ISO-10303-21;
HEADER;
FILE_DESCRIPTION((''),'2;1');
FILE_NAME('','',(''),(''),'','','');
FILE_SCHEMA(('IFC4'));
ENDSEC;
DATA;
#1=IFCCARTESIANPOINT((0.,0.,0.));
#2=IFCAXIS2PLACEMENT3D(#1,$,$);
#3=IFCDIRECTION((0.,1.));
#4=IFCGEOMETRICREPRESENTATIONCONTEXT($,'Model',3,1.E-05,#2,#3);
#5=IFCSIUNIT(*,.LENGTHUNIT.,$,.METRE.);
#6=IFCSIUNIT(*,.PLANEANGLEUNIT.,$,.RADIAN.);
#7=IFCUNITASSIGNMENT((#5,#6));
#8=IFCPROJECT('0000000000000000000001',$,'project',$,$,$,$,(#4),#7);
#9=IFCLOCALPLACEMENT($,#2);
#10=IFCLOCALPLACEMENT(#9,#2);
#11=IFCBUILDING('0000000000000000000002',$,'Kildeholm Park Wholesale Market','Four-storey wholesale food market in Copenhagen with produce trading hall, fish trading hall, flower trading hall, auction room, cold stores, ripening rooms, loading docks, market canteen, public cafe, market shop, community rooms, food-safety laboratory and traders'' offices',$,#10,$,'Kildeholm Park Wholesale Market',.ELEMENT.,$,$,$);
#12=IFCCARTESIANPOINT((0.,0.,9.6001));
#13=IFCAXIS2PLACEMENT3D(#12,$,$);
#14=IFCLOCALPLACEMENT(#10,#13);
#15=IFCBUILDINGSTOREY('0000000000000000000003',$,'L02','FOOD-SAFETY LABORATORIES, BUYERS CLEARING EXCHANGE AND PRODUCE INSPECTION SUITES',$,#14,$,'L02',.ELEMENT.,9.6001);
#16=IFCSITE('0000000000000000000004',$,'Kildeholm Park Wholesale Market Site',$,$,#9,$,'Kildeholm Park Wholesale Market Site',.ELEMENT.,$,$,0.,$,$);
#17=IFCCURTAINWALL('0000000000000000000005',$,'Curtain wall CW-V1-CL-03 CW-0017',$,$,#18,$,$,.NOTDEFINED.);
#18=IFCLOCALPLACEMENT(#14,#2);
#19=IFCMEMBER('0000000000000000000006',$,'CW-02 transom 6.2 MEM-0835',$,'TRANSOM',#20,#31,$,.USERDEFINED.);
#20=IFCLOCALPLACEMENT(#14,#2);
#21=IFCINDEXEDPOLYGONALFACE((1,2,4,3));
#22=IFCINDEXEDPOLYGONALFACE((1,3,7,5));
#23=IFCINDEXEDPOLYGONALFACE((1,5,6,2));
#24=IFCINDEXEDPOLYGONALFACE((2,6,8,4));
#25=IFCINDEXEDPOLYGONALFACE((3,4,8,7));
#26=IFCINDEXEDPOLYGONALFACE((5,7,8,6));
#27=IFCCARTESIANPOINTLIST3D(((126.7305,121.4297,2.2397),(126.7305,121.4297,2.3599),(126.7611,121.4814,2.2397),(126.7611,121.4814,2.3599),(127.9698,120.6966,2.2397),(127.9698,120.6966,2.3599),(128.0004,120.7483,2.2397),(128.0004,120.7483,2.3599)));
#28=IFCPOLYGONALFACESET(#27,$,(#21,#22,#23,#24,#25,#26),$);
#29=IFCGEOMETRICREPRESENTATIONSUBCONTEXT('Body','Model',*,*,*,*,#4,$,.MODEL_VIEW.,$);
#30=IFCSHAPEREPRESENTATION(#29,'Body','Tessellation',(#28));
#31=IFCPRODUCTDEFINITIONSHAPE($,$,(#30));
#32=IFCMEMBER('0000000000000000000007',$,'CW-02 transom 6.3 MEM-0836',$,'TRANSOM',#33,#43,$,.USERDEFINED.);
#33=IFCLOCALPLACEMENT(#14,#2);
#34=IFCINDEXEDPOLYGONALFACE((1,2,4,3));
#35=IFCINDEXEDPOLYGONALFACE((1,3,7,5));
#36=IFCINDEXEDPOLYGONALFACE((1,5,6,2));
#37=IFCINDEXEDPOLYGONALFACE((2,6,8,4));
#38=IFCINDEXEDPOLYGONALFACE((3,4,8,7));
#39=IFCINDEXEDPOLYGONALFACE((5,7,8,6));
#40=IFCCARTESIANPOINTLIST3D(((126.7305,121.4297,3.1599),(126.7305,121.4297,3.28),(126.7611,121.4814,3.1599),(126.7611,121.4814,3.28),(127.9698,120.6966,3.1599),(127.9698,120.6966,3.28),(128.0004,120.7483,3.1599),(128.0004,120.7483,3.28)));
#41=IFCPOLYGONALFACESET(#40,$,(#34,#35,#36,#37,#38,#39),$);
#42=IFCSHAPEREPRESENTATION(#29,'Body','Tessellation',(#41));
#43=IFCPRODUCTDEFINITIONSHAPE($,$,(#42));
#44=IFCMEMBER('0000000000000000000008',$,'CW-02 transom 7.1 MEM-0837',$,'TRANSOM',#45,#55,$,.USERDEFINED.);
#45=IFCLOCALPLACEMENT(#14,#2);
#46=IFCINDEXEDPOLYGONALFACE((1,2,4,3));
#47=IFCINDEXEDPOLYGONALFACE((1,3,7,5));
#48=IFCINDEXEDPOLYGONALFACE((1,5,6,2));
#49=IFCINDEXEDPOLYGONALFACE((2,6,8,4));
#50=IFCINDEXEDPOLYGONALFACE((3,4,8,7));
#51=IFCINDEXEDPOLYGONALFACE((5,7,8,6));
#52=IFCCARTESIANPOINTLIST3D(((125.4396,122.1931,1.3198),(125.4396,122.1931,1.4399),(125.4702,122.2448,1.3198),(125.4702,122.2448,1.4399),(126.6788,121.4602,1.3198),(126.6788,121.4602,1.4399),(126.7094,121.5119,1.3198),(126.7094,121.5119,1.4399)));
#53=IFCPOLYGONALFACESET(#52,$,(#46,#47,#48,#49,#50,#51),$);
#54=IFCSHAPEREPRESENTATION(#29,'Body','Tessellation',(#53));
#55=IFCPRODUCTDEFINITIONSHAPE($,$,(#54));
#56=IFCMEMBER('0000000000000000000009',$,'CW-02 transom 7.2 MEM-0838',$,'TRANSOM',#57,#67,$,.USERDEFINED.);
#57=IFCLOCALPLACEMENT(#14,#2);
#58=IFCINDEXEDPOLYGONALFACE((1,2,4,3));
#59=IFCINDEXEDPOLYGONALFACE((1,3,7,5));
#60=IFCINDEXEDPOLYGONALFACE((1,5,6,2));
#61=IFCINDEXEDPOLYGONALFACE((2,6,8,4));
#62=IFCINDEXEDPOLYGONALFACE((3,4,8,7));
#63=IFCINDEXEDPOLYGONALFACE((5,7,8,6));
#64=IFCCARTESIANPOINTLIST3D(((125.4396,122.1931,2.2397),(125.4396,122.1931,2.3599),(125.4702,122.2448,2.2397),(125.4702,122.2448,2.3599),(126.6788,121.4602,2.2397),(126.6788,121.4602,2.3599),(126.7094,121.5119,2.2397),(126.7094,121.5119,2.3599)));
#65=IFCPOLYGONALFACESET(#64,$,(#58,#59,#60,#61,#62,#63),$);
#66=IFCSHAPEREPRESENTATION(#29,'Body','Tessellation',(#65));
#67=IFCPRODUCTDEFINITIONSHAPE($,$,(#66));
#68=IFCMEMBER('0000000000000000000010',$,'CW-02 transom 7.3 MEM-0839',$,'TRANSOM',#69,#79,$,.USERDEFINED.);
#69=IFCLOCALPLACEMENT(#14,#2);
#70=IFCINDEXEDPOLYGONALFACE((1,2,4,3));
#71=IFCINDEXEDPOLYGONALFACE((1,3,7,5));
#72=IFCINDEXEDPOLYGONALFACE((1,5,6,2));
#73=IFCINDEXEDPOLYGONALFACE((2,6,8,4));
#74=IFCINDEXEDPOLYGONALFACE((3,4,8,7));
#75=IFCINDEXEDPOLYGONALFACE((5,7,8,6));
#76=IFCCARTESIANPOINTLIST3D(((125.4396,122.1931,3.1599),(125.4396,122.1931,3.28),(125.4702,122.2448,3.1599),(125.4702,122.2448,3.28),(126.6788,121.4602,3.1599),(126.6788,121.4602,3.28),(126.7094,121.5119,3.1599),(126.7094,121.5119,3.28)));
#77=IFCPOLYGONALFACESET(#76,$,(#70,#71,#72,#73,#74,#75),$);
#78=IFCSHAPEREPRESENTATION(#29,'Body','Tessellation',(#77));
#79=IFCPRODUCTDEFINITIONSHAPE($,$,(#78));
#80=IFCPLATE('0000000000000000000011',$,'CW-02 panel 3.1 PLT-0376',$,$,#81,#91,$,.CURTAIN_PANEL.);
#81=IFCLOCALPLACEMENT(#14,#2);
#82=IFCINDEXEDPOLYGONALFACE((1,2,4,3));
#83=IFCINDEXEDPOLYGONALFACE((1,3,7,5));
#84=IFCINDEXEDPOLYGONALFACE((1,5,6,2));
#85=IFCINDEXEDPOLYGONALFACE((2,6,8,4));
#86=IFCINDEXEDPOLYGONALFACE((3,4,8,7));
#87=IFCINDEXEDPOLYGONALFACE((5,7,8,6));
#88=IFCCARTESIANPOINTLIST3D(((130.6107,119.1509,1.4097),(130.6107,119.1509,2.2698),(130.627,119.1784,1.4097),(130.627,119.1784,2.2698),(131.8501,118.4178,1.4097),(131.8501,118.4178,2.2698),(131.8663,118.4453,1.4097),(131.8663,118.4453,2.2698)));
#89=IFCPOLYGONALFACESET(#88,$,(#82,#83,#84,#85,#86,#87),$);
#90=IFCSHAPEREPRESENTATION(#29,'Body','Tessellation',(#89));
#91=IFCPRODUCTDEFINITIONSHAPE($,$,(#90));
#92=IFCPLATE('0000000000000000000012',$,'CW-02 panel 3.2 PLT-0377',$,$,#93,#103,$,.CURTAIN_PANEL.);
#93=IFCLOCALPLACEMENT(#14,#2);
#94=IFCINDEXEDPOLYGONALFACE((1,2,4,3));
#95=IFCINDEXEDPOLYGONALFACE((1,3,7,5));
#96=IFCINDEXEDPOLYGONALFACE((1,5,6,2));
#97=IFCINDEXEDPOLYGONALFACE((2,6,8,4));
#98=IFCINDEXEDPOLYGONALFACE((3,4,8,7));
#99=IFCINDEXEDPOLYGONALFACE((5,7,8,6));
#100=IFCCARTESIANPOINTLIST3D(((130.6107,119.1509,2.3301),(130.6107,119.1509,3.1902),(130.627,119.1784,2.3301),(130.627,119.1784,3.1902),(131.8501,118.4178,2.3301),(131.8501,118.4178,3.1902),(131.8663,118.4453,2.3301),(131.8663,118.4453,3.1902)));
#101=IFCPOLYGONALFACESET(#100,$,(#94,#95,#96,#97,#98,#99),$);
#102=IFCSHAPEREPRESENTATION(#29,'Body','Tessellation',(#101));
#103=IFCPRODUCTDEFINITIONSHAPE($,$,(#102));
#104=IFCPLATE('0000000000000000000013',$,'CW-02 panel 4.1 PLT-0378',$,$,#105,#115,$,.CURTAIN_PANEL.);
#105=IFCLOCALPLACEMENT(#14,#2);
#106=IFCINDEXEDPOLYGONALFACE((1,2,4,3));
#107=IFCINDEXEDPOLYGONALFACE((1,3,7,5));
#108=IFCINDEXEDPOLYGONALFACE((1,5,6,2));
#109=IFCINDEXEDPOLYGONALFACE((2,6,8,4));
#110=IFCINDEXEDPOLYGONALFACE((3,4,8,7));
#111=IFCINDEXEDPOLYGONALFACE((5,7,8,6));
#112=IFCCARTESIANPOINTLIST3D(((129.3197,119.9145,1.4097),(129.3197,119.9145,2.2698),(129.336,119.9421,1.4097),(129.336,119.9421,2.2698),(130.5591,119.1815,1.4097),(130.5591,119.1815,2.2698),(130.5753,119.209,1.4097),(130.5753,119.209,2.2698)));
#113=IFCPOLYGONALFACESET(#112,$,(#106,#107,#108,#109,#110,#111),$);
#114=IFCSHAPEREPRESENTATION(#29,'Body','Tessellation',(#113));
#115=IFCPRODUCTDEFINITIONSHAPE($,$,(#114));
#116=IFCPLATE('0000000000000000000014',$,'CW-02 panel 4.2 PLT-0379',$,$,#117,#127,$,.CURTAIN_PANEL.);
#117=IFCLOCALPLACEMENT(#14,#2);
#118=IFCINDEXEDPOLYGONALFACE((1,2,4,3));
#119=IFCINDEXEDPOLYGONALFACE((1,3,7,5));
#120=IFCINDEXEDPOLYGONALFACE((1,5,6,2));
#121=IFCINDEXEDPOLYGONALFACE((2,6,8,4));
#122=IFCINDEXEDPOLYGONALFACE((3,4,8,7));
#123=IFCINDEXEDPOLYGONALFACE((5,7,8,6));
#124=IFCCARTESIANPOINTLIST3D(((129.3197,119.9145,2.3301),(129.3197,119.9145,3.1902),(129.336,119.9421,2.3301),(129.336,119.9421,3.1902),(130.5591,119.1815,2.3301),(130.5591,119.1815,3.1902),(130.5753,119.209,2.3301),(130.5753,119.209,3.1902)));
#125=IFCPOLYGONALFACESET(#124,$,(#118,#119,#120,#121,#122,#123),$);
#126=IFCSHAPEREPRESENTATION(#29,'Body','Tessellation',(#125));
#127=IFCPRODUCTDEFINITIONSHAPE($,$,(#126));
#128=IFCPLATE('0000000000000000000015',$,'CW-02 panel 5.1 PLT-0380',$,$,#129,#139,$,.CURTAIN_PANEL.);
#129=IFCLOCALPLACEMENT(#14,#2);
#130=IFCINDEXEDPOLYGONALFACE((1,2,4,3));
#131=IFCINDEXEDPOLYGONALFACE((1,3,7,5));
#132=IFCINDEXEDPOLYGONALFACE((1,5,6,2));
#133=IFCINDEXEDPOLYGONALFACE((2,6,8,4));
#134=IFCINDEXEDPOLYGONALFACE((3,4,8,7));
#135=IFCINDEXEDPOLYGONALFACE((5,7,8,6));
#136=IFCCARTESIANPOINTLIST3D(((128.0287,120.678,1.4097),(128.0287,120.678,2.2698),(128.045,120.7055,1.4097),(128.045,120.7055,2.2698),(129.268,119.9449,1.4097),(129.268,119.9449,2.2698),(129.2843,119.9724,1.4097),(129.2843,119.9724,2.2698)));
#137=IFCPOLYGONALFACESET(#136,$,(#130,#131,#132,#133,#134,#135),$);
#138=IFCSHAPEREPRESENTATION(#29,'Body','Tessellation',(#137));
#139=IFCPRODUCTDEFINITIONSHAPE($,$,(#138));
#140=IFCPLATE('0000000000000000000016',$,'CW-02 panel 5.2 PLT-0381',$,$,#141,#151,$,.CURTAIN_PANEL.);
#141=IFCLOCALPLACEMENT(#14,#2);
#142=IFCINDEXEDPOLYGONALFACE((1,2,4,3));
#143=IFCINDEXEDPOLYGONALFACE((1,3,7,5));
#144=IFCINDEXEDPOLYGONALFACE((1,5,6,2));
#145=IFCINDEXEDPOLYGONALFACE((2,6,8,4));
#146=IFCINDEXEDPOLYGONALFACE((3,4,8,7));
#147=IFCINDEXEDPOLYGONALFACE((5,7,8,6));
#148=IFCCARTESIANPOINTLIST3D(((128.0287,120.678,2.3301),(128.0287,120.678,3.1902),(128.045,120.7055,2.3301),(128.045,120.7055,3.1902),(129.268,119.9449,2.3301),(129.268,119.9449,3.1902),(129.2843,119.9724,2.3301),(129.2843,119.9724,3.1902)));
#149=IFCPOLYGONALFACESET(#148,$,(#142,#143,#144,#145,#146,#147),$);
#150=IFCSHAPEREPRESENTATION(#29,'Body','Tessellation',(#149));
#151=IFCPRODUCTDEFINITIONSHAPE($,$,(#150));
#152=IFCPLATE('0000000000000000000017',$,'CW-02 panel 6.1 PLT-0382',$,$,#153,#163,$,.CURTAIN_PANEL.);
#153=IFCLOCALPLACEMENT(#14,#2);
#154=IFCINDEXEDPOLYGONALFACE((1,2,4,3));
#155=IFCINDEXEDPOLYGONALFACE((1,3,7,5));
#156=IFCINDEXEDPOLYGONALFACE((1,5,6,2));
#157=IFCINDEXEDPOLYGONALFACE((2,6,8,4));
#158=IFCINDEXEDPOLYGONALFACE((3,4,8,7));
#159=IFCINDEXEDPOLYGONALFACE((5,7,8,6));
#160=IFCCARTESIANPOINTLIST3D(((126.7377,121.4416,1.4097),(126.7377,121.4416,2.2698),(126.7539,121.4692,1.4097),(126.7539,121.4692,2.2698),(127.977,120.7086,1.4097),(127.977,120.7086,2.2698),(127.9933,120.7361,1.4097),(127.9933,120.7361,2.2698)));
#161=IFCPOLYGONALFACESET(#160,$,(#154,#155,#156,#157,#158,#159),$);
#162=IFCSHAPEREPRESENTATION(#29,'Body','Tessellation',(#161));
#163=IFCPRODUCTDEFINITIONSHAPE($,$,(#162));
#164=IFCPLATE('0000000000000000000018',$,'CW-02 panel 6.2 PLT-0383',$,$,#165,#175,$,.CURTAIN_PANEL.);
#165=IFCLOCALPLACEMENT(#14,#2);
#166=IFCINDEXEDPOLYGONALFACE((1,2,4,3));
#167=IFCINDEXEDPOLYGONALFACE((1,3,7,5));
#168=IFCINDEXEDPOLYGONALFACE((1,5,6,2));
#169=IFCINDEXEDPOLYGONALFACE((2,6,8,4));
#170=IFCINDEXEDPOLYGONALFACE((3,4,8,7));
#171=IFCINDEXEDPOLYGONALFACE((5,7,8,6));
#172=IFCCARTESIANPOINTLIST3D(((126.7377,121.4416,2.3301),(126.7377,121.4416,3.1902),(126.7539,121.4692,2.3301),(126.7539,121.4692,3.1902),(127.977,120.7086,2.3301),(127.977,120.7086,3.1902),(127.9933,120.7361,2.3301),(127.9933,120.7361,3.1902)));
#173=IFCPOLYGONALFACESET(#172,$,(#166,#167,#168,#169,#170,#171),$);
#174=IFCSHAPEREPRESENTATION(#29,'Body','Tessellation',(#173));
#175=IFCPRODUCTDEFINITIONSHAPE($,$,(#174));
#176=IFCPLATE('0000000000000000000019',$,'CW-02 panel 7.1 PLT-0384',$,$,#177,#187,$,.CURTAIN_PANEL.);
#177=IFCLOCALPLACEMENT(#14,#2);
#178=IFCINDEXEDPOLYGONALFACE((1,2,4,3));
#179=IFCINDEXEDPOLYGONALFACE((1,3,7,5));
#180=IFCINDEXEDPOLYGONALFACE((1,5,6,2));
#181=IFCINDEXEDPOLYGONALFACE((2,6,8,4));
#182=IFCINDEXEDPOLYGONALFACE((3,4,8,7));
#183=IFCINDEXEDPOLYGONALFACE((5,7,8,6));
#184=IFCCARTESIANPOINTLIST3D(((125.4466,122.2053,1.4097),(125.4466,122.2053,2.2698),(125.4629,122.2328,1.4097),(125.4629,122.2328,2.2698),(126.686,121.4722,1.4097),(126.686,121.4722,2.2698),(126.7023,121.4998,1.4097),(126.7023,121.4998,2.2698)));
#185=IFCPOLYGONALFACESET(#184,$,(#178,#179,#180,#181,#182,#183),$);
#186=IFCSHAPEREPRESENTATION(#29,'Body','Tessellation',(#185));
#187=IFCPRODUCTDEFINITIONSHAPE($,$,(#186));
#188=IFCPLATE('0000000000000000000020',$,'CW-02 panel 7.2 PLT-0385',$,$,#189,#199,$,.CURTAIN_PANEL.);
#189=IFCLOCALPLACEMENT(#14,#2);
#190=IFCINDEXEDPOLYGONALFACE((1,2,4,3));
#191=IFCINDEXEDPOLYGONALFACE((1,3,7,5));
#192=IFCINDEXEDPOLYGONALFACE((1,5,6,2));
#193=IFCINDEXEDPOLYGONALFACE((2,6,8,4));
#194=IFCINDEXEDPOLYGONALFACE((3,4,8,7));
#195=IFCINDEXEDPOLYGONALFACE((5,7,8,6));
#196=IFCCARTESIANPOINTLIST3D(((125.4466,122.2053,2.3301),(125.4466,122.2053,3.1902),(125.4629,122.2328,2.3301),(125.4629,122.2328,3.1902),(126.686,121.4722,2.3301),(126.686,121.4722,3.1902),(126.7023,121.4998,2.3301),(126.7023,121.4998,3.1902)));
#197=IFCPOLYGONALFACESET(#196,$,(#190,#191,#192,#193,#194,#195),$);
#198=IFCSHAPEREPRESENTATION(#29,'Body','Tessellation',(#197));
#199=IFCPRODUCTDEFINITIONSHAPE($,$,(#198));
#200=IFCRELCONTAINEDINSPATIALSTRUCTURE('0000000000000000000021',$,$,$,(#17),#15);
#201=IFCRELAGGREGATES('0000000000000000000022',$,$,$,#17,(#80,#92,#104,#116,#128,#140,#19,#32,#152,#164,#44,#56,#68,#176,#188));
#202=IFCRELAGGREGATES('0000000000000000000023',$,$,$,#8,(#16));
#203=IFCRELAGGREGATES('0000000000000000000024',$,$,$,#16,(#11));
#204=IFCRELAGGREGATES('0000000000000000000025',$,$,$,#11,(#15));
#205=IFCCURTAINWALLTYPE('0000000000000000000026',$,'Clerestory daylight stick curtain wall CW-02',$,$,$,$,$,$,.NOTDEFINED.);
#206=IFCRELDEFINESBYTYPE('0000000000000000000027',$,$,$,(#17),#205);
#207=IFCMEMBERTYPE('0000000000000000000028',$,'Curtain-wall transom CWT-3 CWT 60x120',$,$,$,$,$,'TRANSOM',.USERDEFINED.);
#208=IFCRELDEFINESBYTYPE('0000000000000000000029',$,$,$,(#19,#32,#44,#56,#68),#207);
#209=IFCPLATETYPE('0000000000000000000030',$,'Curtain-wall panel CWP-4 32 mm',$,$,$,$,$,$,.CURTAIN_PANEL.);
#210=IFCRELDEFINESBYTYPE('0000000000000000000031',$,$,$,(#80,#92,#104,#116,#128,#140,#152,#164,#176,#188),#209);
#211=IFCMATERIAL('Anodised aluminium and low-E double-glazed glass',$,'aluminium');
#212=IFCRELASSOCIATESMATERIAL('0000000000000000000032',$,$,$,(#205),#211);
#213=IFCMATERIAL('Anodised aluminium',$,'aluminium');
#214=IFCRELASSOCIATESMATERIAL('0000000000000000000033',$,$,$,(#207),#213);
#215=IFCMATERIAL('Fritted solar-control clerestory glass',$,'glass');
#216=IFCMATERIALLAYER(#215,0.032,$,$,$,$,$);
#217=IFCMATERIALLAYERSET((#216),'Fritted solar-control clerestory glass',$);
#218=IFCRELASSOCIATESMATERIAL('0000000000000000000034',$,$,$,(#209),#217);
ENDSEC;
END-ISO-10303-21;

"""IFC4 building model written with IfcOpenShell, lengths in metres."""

from ifc_helpers import new_model, si_unit, direction, frame, origin, origin_2d, place, context, subcontext, project, spatial, rectangle, extrude, material, layer, layer_set, material_profile, profile_set, type_object, element, aggregate, save


model = new_model("IFC4")

# Units and contexts
model_context = context("Model", 3, precision=1e-05, world=origin(), true_north=direction((0.0, 1.0)))
body_context = subcontext(model_context, "Body", "Model", "MODEL_VIEW")
ifc_project = project(units=[si_unit("LENGTHUNIT", "METRE"), si_unit("PLANEANGLEUNIT", "RADIAN")], contexts=[model_context])

# Site, building, storey
site_placement = place(None, origin())
site = spatial("IfcSite", under=ifc_project, at=site_placement, Name="Kildeholm Park Wholesale Market Site", LongName="Kildeholm Park Wholesale Market Site", CompositionType="ELEMENT", RefElevation=0.0)
building_placement = place(site_placement, origin())
building = spatial("IfcBuilding", under=site, at=building_placement, Name="Kildeholm Park Wholesale Market", Description="Four-storey wholesale food market in Copenhagen with produce trading hall, fish trading hall, flower trading hall, auction room, cold stores, ripening rooms, loading docks, market canteen, public cafe, market shop, community rooms, food-safety laboratory and traders' offices", LongName="Kildeholm Park Wholesale Market", CompositionType="ELEMENT")
storey_placement = place(building_placement, frame((0.0, 0.0, 9.6001)))
storey = spatial("IfcBuildingStorey", under=building, at=storey_placement, Name="L02", Description="FOOD-SAFETY LABORATORIES, BUYERS CLEARING EXCHANGE AND PRODUCE INSPECTION SUITES", LongName="L02", CompositionType="ELEMENT", Elevation=9.6001)

# Curtain wall, members, plates
ifc_material_1 = material(Name="Anodised aluminium and low-E double-glazed glass", Category="aluminium")
curtain_wall_type = type_object("IfcCurtainWallType", Name="Clerestory daylight stick curtain wall CW-02", PredefinedType="NOTDEFINED", material=ifc_material_1)
curtain_wall_placement = place(storey_placement, origin())
curtain_wall = element("IfcCurtainWall", 1, at=curtain_wall_placement, inside=storey, type_object=curtain_wall_type, Name="Curtain wall CW-V1-CL-03 CW-0017", PredefinedType="NOTDEFINED")
ifc_material_2 = material(Name="Anodised aluminium", Category="aluminium")
ifc_material_profile_1 = material_profile(ifc_material_2, rectangle(XDim=0.0601, YDim=0.1201, at=origin_2d()), Name="CWT 60x120")
ifc_profile_set_1 = profile_set([ifc_material_profile_1], Name="Anodised aluminium")
member_type_1 = type_object("IfcMemberType", Name="Curtain-wall transom CWT-3 CWT 60x120", ElementType="TRANSOM", PredefinedType="USERDEFINED", material=ifc_profile_set_1)
member_1_placement = place(storey_placement, frame((127.9851, 120.7224, 2.2998), z_axis=(-0.860663, 0.509175, 0.0), x_axis=(-0.509175, -0.860663, 0.0)))
member_1 = element("IfcMember", 2, at=member_1_placement, type_object=member_type_1, Name="CW-02 transom 6.2 MEM-0835", ObjectType="TRANSOM", PredefinedType="USERDEFINED", context=body_context, shape_type="SweptSolid", body=[
    extrude(rectangle(XDim=0.0601, YDim=0.1201, at=origin_2d()), origin(), (0.0, 0.0, 1.0), 1.4399),
])
member_2_placement = place(storey_placement, frame((127.9851, 120.7224, 3.22), z_axis=(-0.860663, 0.509175, 0.0), x_axis=(-0.509175, -0.860663, 0.0)))
member_2 = element("IfcMember", 3, at=member_2_placement, type_object=member_type_1, Name="CW-02 transom 6.3 MEM-0836", ObjectType="TRANSOM", PredefinedType="USERDEFINED", context=body_context, shape_type="SweptSolid", body=[
    extrude(rectangle(XDim=0.0601, YDim=0.1201, at=origin_2d()), origin(), (0.0, 0.0, 1.0), 1.4399),
])
member_3_placement = place(storey_placement, frame((126.6941, 121.4861, 1.3799), z_axis=(-0.860737, 0.509049, 0.0), x_axis=(-0.509049, -0.860737, 0.0)))
member_3 = element("IfcMember", 4, at=member_3_placement, type_object=member_type_1, Name="CW-02 transom 7.1 MEM-0837", ObjectType="TRANSOM", PredefinedType="USERDEFINED", context=body_context, shape_type="SweptSolid", body=[
    extrude(rectangle(XDim=0.0601, YDim=0.1201, at=origin_2d()), origin(), (0.0, 0.0, 1.0), 1.4397),
])
member_4_placement = place(storey_placement, frame((126.6941, 121.4861, 2.2998), z_axis=(-0.860737, 0.509049, 0.0), x_axis=(-0.509049, -0.860737, 0.0)))
member_4 = element("IfcMember", 5, at=member_4_placement, type_object=member_type_1, Name="CW-02 transom 7.2 MEM-0838", ObjectType="TRANSOM", PredefinedType="USERDEFINED", context=body_context, shape_type="SweptSolid", body=[
    extrude(rectangle(XDim=0.0601, YDim=0.1201, at=origin_2d()), origin(), (0.0, 0.0, 1.0), 1.4397),
])
member_5_placement = place(storey_placement, frame((126.6941, 121.4861, 3.22), z_axis=(-0.860737, 0.509049, 0.0), x_axis=(-0.509049, -0.860737, 0.0)))
member_5 = element("IfcMember", 6, at=member_5_placement, type_object=member_type_1, Name="CW-02 transom 7.3 MEM-0839", ObjectType="TRANSOM", PredefinedType="USERDEFINED", context=body_context, shape_type="SweptSolid", body=[
    extrude(rectangle(XDim=0.0601, YDim=0.1201, at=origin_2d()), origin(), (0.0, 0.0, 1.0), 1.4397),
])
ifc_material_3 = material(Name="Fritted solar-control clerestory glass", Category="glass")
ifc_layer = layer(ifc_material_3, 0.032)
ifc_layer_set = layer_set([ifc_layer], Name="Fritted solar-control clerestory glass")
plate_type = type_object("IfcPlateType", Name="Curtain-wall panel CWP-4 32 mm", PredefinedType="CURTAIN_PANEL", material=ifc_layer_set)
plate_1_placement = place(storey_placement, frame((131.2385, 118.7981, 1.4097), z_axis=(0.0, 0.0, 1.0), x_axis=(-0.860704, 0.509105, 0.0)))
plate_1 = element("IfcPlate", 7, at=plate_1_placement, type_object=plate_type, Name="CW-02 panel 3.1 PLT-0376", PredefinedType="CURTAIN_PANEL", context=body_context, shape_type="SweptSolid", body=[
    extrude(rectangle(XDim=1.4399, YDim=0.032, at=origin_2d()), origin(), (0.0, 0.0, 1.0), 0.8601),
])
plate_2_placement = place(storey_placement, frame((131.2385, 118.7981, 2.3301), z_axis=(0.0, 0.0, 1.0), x_axis=(-0.860704, 0.509105, 0.0)))
plate_2 = element("IfcPlate", 8, at=plate_2_placement, type_object=plate_type, Name="CW-02 panel 3.2 PLT-0377", PredefinedType="CURTAIN_PANEL", context=body_context, shape_type="SweptSolid", body=[
    extrude(rectangle(XDim=1.4399, YDim=0.032, at=origin_2d()), origin(), (0.0, 0.0, 1.0), 0.8601),
])
plate_3_placement = place(storey_placement, frame((129.9475, 119.5618, 1.4097), z_axis=(0.0, 0.0, 1.0), x_axis=(-0.860704, 0.509105, 0.0)))
plate_3 = element("IfcPlate", 9, at=plate_3_placement, type_object=plate_type, Name="CW-02 panel 4.1 PLT-0378", PredefinedType="CURTAIN_PANEL", context=body_context, shape_type="SweptSolid", body=[
    extrude(rectangle(XDim=1.4399, YDim=0.032, at=origin_2d()), origin(), (0.0, 0.0, 1.0), 0.8601),
])
plate_4_placement = place(storey_placement, frame((129.9475, 119.5618, 2.3301), z_axis=(0.0, 0.0, 1.0), x_axis=(-0.860704, 0.509105, 0.0)))
plate_4 = element("IfcPlate", 10, at=plate_4_placement, type_object=plate_type, Name="CW-02 panel 4.2 PLT-0379", PredefinedType="CURTAIN_PANEL", context=body_context, shape_type="SweptSolid", body=[
    extrude(rectangle(XDim=1.4399, YDim=0.032, at=origin_2d()), origin(), (0.0, 0.0, 1.0), 0.8601),
])
plate_5_placement = place(storey_placement, frame((128.6565, 120.3252, 1.4097), z_axis=(0.0, 0.0, 1.0), x_axis=(-0.860704, 0.509105, 0.0)))
plate_5 = element("IfcPlate", 11, at=plate_5_placement, type_object=plate_type, Name="CW-02 panel 5.1 PLT-0380", PredefinedType="CURTAIN_PANEL", context=body_context, shape_type="SweptSolid", body=[
    extrude(rectangle(XDim=1.4399, YDim=0.032, at=origin_2d()), origin(), (0.0, 0.0, 1.0), 0.8601),
])
plate_6_placement = place(storey_placement, frame((128.6565, 120.3252, 2.3301), z_axis=(0.0, 0.0, 1.0), x_axis=(-0.860704, 0.509105, 0.0)))
plate_6 = element("IfcPlate", 12, at=plate_6_placement, type_object=plate_type, Name="CW-02 panel 5.2 PLT-0381", PredefinedType="CURTAIN_PANEL", context=body_context, shape_type="SweptSolid", body=[
    extrude(rectangle(XDim=1.4399, YDim=0.032, at=origin_2d()), origin(), (0.0, 0.0, 1.0), 0.8601),
])
plate_7_placement = place(storey_placement, frame((127.3655, 121.0889, 1.4097), z_axis=(0.0, 0.0, 1.0), x_axis=(-0.860704, 0.509105, 0.0)))
plate_7 = element("IfcPlate", 13, at=plate_7_placement, type_object=plate_type, Name="CW-02 panel 6.1 PLT-0382", PredefinedType="CURTAIN_PANEL", context=body_context, shape_type="SweptSolid", body=[
    extrude(rectangle(XDim=1.4399, YDim=0.032, at=origin_2d()), origin(), (0.0, 0.0, 1.0), 0.8601),
])
plate_8_placement = place(storey_placement, frame((127.3655, 121.0889, 2.3301), z_axis=(0.0, 0.0, 1.0), x_axis=(-0.860704, 0.509105, 0.0)))
plate_8 = element("IfcPlate", 14, at=plate_8_placement, type_object=plate_type, Name="CW-02 panel 6.2 PLT-0383", PredefinedType="CURTAIN_PANEL", context=body_context, shape_type="SweptSolid", body=[
    extrude(rectangle(XDim=1.4399, YDim=0.032, at=origin_2d()), origin(), (0.0, 0.0, 1.0), 0.8601),
])
plate_9_placement = place(storey_placement, frame((126.0745, 121.8525, 1.4097), z_axis=(0.0, 0.0, 1.0), x_axis=(-0.860704, 0.509105, 0.0)))
plate_9 = element("IfcPlate", 15, at=plate_9_placement, type_object=plate_type, Name="CW-02 panel 7.1 PLT-0384", PredefinedType="CURTAIN_PANEL", context=body_context, shape_type="SweptSolid", body=[
    extrude(rectangle(XDim=1.4399, YDim=0.032, at=origin_2d()), origin(), (0.0, 0.0, 1.0), 0.8601),
])
plate_10_placement = place(storey_placement, frame((126.0745, 121.8525, 2.3301), z_axis=(0.0, 0.0, 1.0), x_axis=(-0.860704, 0.509105, 0.0)))
plate_10 = element("IfcPlate", 16, at=plate_10_placement, type_object=plate_type, Name="CW-02 panel 7.2 PLT-0385", PredefinedType="CURTAIN_PANEL", context=body_context, shape_type="SweptSolid", body=[
    extrude(rectangle(XDim=1.4399, YDim=0.032, at=origin_2d()), origin(), (0.0, 0.0, 1.0), 0.8601),
])
aggregate(curtain_wall, [plate_1, plate_2, plate_3, plate_4, plate_5, plate_6, member_1, member_2, plate_7, plate_8, member_3, member_4, member_5, plate_9, plate_10])

save(model, "model.ifc")
